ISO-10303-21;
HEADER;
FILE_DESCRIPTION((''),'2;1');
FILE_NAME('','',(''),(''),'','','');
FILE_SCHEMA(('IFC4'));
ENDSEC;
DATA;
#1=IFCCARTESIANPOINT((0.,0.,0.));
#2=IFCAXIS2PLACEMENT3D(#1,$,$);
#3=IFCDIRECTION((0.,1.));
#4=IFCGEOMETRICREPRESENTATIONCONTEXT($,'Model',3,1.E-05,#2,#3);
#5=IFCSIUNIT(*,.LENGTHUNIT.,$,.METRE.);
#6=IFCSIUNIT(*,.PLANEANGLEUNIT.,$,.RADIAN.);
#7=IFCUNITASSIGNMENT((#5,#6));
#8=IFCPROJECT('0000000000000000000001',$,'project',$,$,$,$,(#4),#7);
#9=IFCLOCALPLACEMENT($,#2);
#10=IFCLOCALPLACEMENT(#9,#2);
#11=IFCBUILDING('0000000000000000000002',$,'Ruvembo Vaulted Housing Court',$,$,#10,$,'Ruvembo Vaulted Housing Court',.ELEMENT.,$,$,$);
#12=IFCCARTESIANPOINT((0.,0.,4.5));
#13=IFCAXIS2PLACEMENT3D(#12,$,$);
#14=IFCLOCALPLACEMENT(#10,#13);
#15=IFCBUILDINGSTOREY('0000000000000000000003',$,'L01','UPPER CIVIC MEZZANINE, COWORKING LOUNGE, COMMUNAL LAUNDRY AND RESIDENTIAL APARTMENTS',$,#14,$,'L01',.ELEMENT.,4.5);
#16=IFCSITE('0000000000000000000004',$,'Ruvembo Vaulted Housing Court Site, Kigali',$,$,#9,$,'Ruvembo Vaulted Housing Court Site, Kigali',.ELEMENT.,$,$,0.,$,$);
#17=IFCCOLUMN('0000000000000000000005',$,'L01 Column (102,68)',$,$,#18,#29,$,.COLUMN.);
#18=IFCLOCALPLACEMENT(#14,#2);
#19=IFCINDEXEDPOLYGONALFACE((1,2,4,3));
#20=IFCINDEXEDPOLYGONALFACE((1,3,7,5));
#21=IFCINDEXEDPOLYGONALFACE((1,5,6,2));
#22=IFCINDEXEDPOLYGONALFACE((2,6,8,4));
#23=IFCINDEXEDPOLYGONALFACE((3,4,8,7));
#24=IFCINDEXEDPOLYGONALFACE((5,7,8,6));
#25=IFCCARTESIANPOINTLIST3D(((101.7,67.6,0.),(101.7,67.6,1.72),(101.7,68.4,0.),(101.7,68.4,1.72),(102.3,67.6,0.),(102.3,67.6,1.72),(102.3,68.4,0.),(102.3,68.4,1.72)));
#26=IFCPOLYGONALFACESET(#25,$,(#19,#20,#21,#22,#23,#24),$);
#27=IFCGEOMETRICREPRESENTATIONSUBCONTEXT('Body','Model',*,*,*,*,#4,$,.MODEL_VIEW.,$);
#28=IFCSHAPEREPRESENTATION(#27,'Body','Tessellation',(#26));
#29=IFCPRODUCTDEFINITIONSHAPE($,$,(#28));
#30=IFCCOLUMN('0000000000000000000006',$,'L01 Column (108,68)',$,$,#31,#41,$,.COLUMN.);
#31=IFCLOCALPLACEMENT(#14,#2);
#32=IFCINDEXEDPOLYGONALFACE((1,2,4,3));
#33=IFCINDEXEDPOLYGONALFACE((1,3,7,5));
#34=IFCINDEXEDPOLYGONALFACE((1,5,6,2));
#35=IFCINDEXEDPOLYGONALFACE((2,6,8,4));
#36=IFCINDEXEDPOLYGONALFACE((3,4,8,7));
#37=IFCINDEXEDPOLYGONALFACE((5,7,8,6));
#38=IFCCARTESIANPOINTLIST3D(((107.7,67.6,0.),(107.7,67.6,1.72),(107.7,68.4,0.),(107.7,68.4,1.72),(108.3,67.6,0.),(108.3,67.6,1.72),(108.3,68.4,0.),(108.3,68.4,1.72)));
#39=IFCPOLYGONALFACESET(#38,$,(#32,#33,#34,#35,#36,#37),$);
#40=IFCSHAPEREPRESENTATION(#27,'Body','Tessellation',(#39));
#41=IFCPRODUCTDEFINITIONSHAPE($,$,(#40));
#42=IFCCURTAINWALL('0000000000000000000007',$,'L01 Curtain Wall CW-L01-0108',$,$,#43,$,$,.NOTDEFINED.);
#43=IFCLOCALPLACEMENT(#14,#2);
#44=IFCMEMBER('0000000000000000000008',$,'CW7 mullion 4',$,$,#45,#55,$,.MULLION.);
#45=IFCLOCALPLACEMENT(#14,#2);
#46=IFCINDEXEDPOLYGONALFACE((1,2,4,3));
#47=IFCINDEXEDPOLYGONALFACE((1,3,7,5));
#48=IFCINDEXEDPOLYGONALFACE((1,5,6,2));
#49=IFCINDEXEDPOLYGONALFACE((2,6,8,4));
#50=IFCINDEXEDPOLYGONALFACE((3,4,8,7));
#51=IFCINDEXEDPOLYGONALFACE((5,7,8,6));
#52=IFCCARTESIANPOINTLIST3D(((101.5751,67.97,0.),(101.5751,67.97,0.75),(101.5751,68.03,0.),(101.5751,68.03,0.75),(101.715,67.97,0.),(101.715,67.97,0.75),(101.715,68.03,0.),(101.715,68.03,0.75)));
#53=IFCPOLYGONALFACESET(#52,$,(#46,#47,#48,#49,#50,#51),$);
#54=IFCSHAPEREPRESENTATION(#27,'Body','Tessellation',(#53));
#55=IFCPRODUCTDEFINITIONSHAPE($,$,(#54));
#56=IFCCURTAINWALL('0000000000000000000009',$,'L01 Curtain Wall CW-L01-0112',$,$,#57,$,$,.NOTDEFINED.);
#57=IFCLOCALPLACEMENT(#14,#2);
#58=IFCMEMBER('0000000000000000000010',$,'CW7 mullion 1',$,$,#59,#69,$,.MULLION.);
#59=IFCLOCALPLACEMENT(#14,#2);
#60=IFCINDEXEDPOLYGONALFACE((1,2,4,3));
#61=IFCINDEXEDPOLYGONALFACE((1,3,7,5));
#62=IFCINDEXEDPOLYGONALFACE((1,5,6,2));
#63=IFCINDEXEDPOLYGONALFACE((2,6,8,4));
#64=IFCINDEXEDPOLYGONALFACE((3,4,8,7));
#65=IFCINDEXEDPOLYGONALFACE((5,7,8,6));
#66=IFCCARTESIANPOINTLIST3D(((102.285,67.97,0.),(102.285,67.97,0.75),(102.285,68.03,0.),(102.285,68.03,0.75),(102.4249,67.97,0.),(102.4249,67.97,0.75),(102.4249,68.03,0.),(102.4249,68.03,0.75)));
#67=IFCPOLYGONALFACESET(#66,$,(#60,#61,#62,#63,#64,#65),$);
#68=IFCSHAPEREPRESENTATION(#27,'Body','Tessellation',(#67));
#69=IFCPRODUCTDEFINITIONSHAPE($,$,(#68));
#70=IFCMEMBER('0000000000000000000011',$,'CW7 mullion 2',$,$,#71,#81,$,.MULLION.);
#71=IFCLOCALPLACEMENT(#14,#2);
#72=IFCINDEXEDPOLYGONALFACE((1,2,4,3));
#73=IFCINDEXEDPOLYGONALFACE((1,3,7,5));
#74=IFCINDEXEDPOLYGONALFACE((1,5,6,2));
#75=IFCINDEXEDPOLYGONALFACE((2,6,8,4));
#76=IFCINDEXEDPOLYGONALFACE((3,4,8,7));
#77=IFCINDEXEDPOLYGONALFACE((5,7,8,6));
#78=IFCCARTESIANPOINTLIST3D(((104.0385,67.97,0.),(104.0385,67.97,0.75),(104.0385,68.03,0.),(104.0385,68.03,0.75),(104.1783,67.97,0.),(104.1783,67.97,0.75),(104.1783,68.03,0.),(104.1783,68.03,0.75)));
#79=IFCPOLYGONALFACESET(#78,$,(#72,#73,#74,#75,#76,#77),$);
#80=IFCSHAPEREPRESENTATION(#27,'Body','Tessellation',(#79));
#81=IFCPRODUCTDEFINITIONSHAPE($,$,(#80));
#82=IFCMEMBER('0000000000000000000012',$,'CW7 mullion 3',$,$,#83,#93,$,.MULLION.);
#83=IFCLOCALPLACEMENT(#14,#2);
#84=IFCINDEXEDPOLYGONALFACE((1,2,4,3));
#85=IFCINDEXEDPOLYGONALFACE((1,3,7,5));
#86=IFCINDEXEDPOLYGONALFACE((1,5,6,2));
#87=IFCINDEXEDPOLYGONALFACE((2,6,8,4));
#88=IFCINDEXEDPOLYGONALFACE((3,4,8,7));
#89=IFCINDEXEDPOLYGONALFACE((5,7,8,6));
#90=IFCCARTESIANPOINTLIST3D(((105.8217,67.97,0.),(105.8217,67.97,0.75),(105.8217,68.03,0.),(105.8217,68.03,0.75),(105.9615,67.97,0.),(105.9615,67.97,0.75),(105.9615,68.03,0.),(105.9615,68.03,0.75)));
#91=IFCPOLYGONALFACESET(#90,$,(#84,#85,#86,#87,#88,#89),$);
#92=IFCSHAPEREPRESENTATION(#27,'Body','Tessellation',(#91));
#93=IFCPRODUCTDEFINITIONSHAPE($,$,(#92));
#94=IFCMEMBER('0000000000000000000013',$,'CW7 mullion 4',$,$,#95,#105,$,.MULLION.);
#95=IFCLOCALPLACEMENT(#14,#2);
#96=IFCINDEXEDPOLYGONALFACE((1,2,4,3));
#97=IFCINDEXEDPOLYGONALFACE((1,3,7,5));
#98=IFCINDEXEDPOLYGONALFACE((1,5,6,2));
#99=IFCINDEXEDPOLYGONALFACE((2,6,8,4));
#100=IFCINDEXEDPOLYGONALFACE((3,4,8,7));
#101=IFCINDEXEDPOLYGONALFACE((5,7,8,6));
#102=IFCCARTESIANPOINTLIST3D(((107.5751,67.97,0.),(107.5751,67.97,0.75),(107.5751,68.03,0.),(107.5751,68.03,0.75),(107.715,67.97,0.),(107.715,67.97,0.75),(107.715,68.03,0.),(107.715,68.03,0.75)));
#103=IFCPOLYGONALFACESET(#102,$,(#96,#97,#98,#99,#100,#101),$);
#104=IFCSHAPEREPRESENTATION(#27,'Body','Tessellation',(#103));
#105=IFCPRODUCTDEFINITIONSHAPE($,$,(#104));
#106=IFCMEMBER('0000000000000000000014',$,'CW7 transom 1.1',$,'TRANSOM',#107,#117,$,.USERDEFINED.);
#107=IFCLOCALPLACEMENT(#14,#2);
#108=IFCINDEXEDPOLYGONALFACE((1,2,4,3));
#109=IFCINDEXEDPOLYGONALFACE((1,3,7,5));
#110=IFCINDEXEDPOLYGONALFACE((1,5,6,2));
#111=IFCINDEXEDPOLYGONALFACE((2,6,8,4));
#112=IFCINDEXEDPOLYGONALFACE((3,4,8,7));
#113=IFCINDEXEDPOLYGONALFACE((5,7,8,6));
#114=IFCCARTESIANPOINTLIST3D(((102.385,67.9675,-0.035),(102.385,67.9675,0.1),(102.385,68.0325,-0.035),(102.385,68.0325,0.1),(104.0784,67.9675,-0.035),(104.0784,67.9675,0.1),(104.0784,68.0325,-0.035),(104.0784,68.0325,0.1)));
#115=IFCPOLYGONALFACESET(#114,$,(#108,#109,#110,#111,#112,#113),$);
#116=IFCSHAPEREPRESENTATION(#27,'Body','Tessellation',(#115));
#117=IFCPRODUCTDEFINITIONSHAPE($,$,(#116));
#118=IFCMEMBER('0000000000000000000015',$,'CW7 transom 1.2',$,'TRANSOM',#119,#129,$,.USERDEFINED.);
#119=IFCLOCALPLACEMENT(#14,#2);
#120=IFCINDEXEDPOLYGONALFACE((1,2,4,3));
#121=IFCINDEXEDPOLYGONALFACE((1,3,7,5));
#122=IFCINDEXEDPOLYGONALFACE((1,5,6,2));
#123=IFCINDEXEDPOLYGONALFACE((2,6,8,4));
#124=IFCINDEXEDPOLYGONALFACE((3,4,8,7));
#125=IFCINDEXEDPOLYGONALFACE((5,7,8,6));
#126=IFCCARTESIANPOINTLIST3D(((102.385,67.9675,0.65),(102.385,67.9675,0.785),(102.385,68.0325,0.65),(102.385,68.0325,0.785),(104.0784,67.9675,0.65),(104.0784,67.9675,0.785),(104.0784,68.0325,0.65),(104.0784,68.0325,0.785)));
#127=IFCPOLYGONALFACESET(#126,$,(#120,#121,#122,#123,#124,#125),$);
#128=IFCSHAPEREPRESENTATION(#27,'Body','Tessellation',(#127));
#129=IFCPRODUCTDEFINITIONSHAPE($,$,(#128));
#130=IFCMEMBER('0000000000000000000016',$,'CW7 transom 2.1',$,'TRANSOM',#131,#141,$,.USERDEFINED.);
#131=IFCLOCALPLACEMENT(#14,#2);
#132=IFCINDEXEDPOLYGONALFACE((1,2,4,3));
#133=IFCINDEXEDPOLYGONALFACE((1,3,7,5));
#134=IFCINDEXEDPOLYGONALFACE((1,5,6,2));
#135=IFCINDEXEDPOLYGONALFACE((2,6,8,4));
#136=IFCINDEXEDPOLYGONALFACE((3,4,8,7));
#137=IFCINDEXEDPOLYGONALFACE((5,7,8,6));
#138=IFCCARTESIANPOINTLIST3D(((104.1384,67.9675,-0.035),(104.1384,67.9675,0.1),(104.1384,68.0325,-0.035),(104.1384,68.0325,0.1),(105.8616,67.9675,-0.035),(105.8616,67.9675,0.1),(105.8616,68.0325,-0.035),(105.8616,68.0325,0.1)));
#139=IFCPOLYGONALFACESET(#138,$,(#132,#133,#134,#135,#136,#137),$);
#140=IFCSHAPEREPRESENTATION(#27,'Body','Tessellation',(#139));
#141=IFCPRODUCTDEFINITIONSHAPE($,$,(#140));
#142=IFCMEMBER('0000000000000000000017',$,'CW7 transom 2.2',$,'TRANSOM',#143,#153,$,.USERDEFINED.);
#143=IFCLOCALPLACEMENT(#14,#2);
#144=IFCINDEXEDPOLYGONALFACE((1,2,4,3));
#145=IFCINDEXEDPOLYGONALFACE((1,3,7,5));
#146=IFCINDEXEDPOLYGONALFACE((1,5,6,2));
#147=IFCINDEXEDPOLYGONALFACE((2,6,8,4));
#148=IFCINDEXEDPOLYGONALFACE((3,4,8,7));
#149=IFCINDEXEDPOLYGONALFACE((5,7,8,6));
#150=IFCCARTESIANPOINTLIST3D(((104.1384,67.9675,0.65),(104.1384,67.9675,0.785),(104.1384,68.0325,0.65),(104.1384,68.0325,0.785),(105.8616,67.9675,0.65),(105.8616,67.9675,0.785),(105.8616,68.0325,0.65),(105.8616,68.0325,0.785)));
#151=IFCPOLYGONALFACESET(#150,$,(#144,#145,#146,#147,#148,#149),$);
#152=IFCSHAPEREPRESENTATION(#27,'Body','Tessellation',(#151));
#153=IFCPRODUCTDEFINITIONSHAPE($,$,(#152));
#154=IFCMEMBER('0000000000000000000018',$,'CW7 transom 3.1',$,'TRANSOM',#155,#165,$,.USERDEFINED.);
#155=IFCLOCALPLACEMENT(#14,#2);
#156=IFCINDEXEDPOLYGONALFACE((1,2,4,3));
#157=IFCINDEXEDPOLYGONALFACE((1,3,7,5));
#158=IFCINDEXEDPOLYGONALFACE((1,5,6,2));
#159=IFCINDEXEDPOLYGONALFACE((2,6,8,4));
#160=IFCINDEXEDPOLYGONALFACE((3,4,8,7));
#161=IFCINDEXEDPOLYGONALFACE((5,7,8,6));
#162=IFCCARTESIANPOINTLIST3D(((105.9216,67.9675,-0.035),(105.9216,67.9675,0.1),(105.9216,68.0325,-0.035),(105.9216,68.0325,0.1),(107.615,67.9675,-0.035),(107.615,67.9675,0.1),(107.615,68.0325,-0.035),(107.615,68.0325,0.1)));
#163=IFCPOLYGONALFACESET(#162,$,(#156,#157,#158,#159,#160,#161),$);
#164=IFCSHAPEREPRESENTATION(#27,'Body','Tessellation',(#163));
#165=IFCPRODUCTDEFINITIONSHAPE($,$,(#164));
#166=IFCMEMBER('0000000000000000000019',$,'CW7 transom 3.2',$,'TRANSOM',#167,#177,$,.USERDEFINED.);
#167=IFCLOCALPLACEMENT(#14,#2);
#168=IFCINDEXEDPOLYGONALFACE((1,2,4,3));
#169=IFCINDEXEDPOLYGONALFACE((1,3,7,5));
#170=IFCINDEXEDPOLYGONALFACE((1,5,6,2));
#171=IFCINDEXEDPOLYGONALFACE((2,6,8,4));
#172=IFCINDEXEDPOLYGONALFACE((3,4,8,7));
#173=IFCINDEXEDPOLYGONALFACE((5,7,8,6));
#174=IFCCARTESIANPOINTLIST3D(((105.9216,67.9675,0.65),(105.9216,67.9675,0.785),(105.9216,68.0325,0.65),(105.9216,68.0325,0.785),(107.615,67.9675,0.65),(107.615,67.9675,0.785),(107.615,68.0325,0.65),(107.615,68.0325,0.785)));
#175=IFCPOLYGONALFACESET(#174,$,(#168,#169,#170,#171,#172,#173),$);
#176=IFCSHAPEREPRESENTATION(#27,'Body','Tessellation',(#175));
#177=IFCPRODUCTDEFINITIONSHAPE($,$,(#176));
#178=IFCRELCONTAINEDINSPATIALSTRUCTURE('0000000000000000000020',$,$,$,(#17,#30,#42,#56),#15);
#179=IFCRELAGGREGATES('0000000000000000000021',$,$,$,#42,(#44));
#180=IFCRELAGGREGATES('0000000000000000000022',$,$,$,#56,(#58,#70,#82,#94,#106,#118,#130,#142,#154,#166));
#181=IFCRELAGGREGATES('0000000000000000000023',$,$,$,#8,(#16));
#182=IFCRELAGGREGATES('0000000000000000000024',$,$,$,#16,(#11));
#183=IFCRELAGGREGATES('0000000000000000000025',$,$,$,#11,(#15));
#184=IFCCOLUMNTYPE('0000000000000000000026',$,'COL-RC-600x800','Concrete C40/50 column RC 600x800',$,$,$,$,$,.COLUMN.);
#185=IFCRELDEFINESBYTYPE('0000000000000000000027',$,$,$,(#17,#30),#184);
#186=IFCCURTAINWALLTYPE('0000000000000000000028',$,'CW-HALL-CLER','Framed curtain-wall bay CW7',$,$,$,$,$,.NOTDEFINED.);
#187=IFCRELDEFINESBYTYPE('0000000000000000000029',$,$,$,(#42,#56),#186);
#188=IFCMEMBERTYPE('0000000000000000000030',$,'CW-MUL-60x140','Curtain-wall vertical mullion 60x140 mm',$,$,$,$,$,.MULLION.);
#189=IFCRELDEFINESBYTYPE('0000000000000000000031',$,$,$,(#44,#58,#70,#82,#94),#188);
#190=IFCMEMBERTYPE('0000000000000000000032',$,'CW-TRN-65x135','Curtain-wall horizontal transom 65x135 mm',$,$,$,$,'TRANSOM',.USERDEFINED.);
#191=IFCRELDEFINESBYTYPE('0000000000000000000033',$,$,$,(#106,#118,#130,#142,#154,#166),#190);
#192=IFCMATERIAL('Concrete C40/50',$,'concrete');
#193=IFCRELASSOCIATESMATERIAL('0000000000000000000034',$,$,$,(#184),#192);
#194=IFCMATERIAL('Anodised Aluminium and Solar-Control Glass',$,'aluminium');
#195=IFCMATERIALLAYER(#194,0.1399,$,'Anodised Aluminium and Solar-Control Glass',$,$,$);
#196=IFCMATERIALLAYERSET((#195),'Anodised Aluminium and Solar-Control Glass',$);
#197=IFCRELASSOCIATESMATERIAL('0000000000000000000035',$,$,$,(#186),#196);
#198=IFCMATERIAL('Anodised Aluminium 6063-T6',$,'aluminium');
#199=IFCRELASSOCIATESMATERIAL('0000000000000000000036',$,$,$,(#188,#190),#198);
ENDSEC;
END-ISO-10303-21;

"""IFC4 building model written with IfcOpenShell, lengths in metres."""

from ifc_helpers import new_model, si_unit, direction, frame, origin, origin_2d, place, context, subcontext, project, spatial, rectangle, extrude, material, layer, layer_set, material_profile, profile_set, type_object, element, aggregate, save


model = new_model("IFC4")

# Units and contexts
model_context = context("Model", 3, precision=1e-05, world=origin(), true_north=direction((0.0, 1.0)))
body_context = subcontext(model_context, "Body", "Model", "MODEL_VIEW")
ifc_project = project(units=[si_unit("LENGTHUNIT", "METRE"), si_unit("PLANEANGLEUNIT", "RADIAN")], contexts=[model_context])

# Site, building, storey
site_placement = place(None, origin())
site = spatial("IfcSite", under=ifc_project, at=site_placement, Name="Ruvembo Vaulted Housing Court Site, Kigali", LongName="Ruvembo Vaulted Housing Court Site, Kigali", CompositionType="ELEMENT", RefElevation=0.0)
building_placement = place(site_placement, origin())
building = spatial("IfcBuilding", under=site, at=building_placement, Name="Ruvembo Vaulted Housing Court", LongName="Ruvembo Vaulted Housing Court", CompositionType="ELEMENT")
storey_placement = place(building_placement, frame((0.0, 0.0, 4.5)))
storey = spatial("IfcBuildingStorey", under=building, at=storey_placement, Name="L01", Description="UPPER CIVIC MEZZANINE, COWORKING LOUNGE, COMMUNAL LAUNDRY AND RESIDENTIAL APARTMENTS", LongName="L01", CompositionType="ELEMENT", Elevation=4.5)

# Columns
ifc_material_1 = material(Name="Concrete C40/50", Category="concrete")
ifc_material_profile_1 = material_profile(ifc_material_1, rectangle(XDim=0.6001, YDim=0.8, at=origin_2d()), Name="RC 600x800")
ifc_profile_set_1 = profile_set([ifc_material_profile_1], Name="Concrete C40/50")
column_type = type_object("IfcColumnType", Name="COL-RC-600x800", Description="Concrete C40/50 column RC 600x800", PredefinedType="COLUMN", material=ifc_profile_set_1)
for number, where, z_axis, x_axis, name in (
    (1, (102.0, 68.0, 0.0), (0.0, 0.0, 1.0), (1.0, 0.0, 0.0), "L01 Column (102,68)"),
    (2, (108.0, 68.0, 0.0), (0.0, 0.0, 1.0), (1.0, 0.0, 0.0), "L01 Column (108,68)"),
):
    element("IfcColumn", number, at=place(storey_placement, frame(where, z_axis=z_axis, x_axis=x_axis)), inside=storey, type_object=column_type, Name=name, PredefinedType="COLUMN", context=body_context, shape_type="SweptSolid", body=[
        extrude(rectangle(XDim=0.6001, YDim=0.8, at=origin_2d()), origin(), (0.0, 0.0, 1.0), 1.72),
    ])

# Curtain wall, member
ifc_material_2 = material(Name="Anodised Aluminium and Solar-Control Glass", Category="aluminium")
ifc_layer_1 = layer(ifc_material_2, 0.1399, Name="Anodised Aluminium and Solar-Control Glass")
ifc_layer_set_1 = layer_set([ifc_layer_1], Name="Anodised Aluminium and Solar-Control Glass")
curtain_wall_type = type_object("IfcCurtainWallType", Name="CW-HALL-CLER", Description="Framed curtain-wall bay CW7", PredefinedType="NOTDEFINED", material=ifc_layer_set_1)
curtain_wall_1_placement = place(storey_placement, origin())
curtain_wall_1 = element("IfcCurtainWall", 3, at=curtain_wall_1_placement, inside=storey, type_object=curtain_wall_type, Name="L01 Curtain Wall CW-L01-0108", PredefinedType="NOTDEFINED")
ifc_material_3 = material(Name="Anodised Aluminium 6063-T6", Category="aluminium")
ifc_material_profile_2 = material_profile(ifc_material_3, rectangle(XDim=0.0601, YDim=0.1399, at=origin_2d()), Name="ALU 60x140")
ifc_profile_set_2 = profile_set([ifc_material_profile_2], Name="Anodised Aluminium 6063-T6")
member_type_1 = type_object("IfcMemberType", Name="CW-MUL-60x140", Description="Curtain-wall vertical mullion 60x140 mm", PredefinedType="MULLION", material=ifc_profile_set_2)
member_1_placement = place(storey_placement, frame((101.645, 68.0, 0.0), z_axis=(0.0, 0.0, 1.0), x_axis=(0.0, 1.0, 0.0)))
member_1 = element("IfcMember", 4, at=member_1_placement, type_object=member_type_1, Name="CW7 mullion 4", PredefinedType="MULLION", context=body_context, shape_type="SweptSolid", body=[
    extrude(rectangle(XDim=0.0601, YDim=0.1399, at=origin_2d()), origin(), (0.0, 0.0, 1.0), 0.75),
])

# Curtain wall, members
curtain_wall_2_placement = place(storey_placement, origin())
curtain_wall_2 = element("IfcCurtainWall", 5, at=curtain_wall_2_placement, inside=storey, type_object=curtain_wall_type, Name="L01 Curtain Wall CW-L01-0112", PredefinedType="NOTDEFINED")
member_2_placement = place(storey_placement, frame((102.355, 68.0, 0.0), z_axis=(0.0, 0.0, 1.0), x_axis=(0.0, 1.0, 0.0)))
member_2 = element("IfcMember", 6, at=member_2_placement, type_object=member_type_1, Name="CW7 mullion 1", PredefinedType="MULLION", context=body_context, shape_type="SweptSolid", body=[
    extrude(rectangle(XDim=0.0601, YDim=0.1399, at=origin_2d()), origin(), (0.0, 0.0, 1.0), 0.75),
])
member_3_placement = place(storey_placement, frame((104.1084, 68.0, 0.0), z_axis=(0.0, 0.0, 1.0), x_axis=(0.0, 1.0, 0.0)))
member_3 = element("IfcMember", 7, at=member_3_placement, type_object=member_type_1, Name="CW7 mullion 2", PredefinedType="MULLION", context=body_context, shape_type="SweptSolid", body=[
    extrude(rectangle(XDim=0.0601, YDim=0.1399, at=origin_2d()), origin(), (0.0, 0.0, 1.0), 0.75),
])
member_4_placement = place(storey_placement, frame((105.8916, 68.0, 0.0), z_axis=(0.0, 0.0, 1.0), x_axis=(0.0, 1.0, 0.0)))
member_4 = element("IfcMember", 8, at=member_4_placement, type_object=member_type_1, Name="CW7 mullion 3", PredefinedType="MULLION", context=body_context, shape_type="SweptSolid", body=[
    extrude(rectangle(XDim=0.0601, YDim=0.1399, at=origin_2d()), origin(), (0.0, 0.0, 1.0), 0.75),
])
member_5_placement = place(storey_placement, frame((107.645, 68.0, 0.0), z_axis=(0.0, 0.0, 1.0), x_axis=(0.0, 1.0, 0.0)))
member_5 = element("IfcMember", 9, at=member_5_placement, type_object=member_type_1, Name="CW7 mullion 4", PredefinedType="MULLION", context=body_context, shape_type="SweptSolid", body=[
    extrude(rectangle(XDim=0.0601, YDim=0.1399, at=origin_2d()), origin(), (0.0, 0.0, 1.0), 0.75),
])
ifc_material_profile_3 = material_profile(ifc_material_3, rectangle(XDim=0.0649, YDim=0.135, at=origin_2d()), Name="ALU 65x135")
ifc_profile_set_3 = profile_set([ifc_material_profile_3], Name="Anodised Aluminium 6063-T6")
member_type_2 = type_object("IfcMemberType", Name="CW-TRN-65x135", Description="Curtain-wall horizontal transom 65x135 mm", ElementType="TRANSOM", PredefinedType="USERDEFINED", material=ifc_profile_set_3)
member_6_placement = place(storey_placement, frame((102.385, 68.0, 0.0325), z_axis=(1.0, 0.0, 0.0), x_axis=(0.0, 1.0, 0.0)))
member_6 = element("IfcMember", 10, at=member_6_placement, type_object=member_type_2, Name="CW7 transom 1.1", ObjectType="TRANSOM", PredefinedType="USERDEFINED", context=body_context, shape_type="SweptSolid", body=[
    extrude(rectangle(XDim=0.0649, YDim=0.135, at=origin_2d()), origin(), (0.0, 0.0, 1.0), 1.6934),
])
member_7_placement = place(storey_placement, frame((102.385, 68.0, 0.7175), z_axis=(1.0, 0.0, 0.0), x_axis=(0.0, 1.0, 0.0)))
member_7 = element("IfcMember", 11, at=member_7_placement, type_object=member_type_2, Name="CW7 transom 1.2", ObjectType="TRANSOM", PredefinedType="USERDEFINED", context=body_context, shape_type="SweptSolid", body=[
    extrude(rectangle(XDim=0.0649, YDim=0.135, at=origin_2d()), origin(), (0.0, 0.0, 1.0), 1.6934),
])
member_8_placement = place(storey_placement, frame((104.1384, 68.0, 0.0325), z_axis=(1.0, 0.0, 0.0), x_axis=(0.0, 1.0, 0.0)))
member_8 = element("IfcMember", 12, at=member_8_placement, type_object=member_type_2, Name="CW7 transom 2.1", ObjectType="TRANSOM", PredefinedType="USERDEFINED", context=body_context, shape_type="SweptSolid", body=[
    extrude(rectangle(XDim=0.0649, YDim=0.135, at=origin_2d()), origin(), (0.0, 0.0, 1.0), 1.7231),
])
member_9_placement = place(storey_placement, frame((104.1384, 68.0, 0.7175), z_axis=(1.0, 0.0, 0.0), x_axis=(0.0, 1.0, 0.0)))
member_9 = element("IfcMember", 13, at=member_9_placement, type_object=member_type_2, Name="CW7 transom 2.2", ObjectType="TRANSOM", PredefinedType="USERDEFINED", context=body_context, shape_type="SweptSolid", body=[
    extrude(rectangle(XDim=0.0649, YDim=0.135, at=origin_2d()), origin(), (0.0, 0.0, 1.0), 1.7231),
])
member_10_placement = place(storey_placement, frame((105.9216, 68.0, 0.0325), z_axis=(1.0, 0.0, 0.0), x_axis=(0.0, 1.0, 0.0)))
member_10 = element("IfcMember", 14, at=member_10_placement, type_object=member_type_2, Name="CW7 transom 3.1", ObjectType="TRANSOM", PredefinedType="USERDEFINED", context=body_context, shape_type="SweptSolid", body=[
    extrude(rectangle(XDim=0.0649, YDim=0.135, at=origin_2d()), origin(), (0.0, 0.0, 1.0), 1.6934),
])
member_11_placement = place(storey_placement, frame((105.9216, 68.0, 0.7175), z_axis=(1.0, 0.0, 0.0), x_axis=(0.0, 1.0, 0.0)))
member_11 = element("IfcMember", 15, at=member_11_placement, type_object=member_type_2, Name="CW7 transom 3.2", ObjectType="TRANSOM", PredefinedType="USERDEFINED", context=body_context, shape_type="SweptSolid", body=[
    extrude(rectangle(XDim=0.0649, YDim=0.135, at=origin_2d()), origin(), (0.0, 0.0, 1.0), 1.6934),
])

aggregate(curtain_wall_1, [member_1])
aggregate(curtain_wall_2, [member_2, member_3, member_4, member_5, member_6, member_7, member_8, member_9, member_10, member_11])

save(model, "model.ifc")
